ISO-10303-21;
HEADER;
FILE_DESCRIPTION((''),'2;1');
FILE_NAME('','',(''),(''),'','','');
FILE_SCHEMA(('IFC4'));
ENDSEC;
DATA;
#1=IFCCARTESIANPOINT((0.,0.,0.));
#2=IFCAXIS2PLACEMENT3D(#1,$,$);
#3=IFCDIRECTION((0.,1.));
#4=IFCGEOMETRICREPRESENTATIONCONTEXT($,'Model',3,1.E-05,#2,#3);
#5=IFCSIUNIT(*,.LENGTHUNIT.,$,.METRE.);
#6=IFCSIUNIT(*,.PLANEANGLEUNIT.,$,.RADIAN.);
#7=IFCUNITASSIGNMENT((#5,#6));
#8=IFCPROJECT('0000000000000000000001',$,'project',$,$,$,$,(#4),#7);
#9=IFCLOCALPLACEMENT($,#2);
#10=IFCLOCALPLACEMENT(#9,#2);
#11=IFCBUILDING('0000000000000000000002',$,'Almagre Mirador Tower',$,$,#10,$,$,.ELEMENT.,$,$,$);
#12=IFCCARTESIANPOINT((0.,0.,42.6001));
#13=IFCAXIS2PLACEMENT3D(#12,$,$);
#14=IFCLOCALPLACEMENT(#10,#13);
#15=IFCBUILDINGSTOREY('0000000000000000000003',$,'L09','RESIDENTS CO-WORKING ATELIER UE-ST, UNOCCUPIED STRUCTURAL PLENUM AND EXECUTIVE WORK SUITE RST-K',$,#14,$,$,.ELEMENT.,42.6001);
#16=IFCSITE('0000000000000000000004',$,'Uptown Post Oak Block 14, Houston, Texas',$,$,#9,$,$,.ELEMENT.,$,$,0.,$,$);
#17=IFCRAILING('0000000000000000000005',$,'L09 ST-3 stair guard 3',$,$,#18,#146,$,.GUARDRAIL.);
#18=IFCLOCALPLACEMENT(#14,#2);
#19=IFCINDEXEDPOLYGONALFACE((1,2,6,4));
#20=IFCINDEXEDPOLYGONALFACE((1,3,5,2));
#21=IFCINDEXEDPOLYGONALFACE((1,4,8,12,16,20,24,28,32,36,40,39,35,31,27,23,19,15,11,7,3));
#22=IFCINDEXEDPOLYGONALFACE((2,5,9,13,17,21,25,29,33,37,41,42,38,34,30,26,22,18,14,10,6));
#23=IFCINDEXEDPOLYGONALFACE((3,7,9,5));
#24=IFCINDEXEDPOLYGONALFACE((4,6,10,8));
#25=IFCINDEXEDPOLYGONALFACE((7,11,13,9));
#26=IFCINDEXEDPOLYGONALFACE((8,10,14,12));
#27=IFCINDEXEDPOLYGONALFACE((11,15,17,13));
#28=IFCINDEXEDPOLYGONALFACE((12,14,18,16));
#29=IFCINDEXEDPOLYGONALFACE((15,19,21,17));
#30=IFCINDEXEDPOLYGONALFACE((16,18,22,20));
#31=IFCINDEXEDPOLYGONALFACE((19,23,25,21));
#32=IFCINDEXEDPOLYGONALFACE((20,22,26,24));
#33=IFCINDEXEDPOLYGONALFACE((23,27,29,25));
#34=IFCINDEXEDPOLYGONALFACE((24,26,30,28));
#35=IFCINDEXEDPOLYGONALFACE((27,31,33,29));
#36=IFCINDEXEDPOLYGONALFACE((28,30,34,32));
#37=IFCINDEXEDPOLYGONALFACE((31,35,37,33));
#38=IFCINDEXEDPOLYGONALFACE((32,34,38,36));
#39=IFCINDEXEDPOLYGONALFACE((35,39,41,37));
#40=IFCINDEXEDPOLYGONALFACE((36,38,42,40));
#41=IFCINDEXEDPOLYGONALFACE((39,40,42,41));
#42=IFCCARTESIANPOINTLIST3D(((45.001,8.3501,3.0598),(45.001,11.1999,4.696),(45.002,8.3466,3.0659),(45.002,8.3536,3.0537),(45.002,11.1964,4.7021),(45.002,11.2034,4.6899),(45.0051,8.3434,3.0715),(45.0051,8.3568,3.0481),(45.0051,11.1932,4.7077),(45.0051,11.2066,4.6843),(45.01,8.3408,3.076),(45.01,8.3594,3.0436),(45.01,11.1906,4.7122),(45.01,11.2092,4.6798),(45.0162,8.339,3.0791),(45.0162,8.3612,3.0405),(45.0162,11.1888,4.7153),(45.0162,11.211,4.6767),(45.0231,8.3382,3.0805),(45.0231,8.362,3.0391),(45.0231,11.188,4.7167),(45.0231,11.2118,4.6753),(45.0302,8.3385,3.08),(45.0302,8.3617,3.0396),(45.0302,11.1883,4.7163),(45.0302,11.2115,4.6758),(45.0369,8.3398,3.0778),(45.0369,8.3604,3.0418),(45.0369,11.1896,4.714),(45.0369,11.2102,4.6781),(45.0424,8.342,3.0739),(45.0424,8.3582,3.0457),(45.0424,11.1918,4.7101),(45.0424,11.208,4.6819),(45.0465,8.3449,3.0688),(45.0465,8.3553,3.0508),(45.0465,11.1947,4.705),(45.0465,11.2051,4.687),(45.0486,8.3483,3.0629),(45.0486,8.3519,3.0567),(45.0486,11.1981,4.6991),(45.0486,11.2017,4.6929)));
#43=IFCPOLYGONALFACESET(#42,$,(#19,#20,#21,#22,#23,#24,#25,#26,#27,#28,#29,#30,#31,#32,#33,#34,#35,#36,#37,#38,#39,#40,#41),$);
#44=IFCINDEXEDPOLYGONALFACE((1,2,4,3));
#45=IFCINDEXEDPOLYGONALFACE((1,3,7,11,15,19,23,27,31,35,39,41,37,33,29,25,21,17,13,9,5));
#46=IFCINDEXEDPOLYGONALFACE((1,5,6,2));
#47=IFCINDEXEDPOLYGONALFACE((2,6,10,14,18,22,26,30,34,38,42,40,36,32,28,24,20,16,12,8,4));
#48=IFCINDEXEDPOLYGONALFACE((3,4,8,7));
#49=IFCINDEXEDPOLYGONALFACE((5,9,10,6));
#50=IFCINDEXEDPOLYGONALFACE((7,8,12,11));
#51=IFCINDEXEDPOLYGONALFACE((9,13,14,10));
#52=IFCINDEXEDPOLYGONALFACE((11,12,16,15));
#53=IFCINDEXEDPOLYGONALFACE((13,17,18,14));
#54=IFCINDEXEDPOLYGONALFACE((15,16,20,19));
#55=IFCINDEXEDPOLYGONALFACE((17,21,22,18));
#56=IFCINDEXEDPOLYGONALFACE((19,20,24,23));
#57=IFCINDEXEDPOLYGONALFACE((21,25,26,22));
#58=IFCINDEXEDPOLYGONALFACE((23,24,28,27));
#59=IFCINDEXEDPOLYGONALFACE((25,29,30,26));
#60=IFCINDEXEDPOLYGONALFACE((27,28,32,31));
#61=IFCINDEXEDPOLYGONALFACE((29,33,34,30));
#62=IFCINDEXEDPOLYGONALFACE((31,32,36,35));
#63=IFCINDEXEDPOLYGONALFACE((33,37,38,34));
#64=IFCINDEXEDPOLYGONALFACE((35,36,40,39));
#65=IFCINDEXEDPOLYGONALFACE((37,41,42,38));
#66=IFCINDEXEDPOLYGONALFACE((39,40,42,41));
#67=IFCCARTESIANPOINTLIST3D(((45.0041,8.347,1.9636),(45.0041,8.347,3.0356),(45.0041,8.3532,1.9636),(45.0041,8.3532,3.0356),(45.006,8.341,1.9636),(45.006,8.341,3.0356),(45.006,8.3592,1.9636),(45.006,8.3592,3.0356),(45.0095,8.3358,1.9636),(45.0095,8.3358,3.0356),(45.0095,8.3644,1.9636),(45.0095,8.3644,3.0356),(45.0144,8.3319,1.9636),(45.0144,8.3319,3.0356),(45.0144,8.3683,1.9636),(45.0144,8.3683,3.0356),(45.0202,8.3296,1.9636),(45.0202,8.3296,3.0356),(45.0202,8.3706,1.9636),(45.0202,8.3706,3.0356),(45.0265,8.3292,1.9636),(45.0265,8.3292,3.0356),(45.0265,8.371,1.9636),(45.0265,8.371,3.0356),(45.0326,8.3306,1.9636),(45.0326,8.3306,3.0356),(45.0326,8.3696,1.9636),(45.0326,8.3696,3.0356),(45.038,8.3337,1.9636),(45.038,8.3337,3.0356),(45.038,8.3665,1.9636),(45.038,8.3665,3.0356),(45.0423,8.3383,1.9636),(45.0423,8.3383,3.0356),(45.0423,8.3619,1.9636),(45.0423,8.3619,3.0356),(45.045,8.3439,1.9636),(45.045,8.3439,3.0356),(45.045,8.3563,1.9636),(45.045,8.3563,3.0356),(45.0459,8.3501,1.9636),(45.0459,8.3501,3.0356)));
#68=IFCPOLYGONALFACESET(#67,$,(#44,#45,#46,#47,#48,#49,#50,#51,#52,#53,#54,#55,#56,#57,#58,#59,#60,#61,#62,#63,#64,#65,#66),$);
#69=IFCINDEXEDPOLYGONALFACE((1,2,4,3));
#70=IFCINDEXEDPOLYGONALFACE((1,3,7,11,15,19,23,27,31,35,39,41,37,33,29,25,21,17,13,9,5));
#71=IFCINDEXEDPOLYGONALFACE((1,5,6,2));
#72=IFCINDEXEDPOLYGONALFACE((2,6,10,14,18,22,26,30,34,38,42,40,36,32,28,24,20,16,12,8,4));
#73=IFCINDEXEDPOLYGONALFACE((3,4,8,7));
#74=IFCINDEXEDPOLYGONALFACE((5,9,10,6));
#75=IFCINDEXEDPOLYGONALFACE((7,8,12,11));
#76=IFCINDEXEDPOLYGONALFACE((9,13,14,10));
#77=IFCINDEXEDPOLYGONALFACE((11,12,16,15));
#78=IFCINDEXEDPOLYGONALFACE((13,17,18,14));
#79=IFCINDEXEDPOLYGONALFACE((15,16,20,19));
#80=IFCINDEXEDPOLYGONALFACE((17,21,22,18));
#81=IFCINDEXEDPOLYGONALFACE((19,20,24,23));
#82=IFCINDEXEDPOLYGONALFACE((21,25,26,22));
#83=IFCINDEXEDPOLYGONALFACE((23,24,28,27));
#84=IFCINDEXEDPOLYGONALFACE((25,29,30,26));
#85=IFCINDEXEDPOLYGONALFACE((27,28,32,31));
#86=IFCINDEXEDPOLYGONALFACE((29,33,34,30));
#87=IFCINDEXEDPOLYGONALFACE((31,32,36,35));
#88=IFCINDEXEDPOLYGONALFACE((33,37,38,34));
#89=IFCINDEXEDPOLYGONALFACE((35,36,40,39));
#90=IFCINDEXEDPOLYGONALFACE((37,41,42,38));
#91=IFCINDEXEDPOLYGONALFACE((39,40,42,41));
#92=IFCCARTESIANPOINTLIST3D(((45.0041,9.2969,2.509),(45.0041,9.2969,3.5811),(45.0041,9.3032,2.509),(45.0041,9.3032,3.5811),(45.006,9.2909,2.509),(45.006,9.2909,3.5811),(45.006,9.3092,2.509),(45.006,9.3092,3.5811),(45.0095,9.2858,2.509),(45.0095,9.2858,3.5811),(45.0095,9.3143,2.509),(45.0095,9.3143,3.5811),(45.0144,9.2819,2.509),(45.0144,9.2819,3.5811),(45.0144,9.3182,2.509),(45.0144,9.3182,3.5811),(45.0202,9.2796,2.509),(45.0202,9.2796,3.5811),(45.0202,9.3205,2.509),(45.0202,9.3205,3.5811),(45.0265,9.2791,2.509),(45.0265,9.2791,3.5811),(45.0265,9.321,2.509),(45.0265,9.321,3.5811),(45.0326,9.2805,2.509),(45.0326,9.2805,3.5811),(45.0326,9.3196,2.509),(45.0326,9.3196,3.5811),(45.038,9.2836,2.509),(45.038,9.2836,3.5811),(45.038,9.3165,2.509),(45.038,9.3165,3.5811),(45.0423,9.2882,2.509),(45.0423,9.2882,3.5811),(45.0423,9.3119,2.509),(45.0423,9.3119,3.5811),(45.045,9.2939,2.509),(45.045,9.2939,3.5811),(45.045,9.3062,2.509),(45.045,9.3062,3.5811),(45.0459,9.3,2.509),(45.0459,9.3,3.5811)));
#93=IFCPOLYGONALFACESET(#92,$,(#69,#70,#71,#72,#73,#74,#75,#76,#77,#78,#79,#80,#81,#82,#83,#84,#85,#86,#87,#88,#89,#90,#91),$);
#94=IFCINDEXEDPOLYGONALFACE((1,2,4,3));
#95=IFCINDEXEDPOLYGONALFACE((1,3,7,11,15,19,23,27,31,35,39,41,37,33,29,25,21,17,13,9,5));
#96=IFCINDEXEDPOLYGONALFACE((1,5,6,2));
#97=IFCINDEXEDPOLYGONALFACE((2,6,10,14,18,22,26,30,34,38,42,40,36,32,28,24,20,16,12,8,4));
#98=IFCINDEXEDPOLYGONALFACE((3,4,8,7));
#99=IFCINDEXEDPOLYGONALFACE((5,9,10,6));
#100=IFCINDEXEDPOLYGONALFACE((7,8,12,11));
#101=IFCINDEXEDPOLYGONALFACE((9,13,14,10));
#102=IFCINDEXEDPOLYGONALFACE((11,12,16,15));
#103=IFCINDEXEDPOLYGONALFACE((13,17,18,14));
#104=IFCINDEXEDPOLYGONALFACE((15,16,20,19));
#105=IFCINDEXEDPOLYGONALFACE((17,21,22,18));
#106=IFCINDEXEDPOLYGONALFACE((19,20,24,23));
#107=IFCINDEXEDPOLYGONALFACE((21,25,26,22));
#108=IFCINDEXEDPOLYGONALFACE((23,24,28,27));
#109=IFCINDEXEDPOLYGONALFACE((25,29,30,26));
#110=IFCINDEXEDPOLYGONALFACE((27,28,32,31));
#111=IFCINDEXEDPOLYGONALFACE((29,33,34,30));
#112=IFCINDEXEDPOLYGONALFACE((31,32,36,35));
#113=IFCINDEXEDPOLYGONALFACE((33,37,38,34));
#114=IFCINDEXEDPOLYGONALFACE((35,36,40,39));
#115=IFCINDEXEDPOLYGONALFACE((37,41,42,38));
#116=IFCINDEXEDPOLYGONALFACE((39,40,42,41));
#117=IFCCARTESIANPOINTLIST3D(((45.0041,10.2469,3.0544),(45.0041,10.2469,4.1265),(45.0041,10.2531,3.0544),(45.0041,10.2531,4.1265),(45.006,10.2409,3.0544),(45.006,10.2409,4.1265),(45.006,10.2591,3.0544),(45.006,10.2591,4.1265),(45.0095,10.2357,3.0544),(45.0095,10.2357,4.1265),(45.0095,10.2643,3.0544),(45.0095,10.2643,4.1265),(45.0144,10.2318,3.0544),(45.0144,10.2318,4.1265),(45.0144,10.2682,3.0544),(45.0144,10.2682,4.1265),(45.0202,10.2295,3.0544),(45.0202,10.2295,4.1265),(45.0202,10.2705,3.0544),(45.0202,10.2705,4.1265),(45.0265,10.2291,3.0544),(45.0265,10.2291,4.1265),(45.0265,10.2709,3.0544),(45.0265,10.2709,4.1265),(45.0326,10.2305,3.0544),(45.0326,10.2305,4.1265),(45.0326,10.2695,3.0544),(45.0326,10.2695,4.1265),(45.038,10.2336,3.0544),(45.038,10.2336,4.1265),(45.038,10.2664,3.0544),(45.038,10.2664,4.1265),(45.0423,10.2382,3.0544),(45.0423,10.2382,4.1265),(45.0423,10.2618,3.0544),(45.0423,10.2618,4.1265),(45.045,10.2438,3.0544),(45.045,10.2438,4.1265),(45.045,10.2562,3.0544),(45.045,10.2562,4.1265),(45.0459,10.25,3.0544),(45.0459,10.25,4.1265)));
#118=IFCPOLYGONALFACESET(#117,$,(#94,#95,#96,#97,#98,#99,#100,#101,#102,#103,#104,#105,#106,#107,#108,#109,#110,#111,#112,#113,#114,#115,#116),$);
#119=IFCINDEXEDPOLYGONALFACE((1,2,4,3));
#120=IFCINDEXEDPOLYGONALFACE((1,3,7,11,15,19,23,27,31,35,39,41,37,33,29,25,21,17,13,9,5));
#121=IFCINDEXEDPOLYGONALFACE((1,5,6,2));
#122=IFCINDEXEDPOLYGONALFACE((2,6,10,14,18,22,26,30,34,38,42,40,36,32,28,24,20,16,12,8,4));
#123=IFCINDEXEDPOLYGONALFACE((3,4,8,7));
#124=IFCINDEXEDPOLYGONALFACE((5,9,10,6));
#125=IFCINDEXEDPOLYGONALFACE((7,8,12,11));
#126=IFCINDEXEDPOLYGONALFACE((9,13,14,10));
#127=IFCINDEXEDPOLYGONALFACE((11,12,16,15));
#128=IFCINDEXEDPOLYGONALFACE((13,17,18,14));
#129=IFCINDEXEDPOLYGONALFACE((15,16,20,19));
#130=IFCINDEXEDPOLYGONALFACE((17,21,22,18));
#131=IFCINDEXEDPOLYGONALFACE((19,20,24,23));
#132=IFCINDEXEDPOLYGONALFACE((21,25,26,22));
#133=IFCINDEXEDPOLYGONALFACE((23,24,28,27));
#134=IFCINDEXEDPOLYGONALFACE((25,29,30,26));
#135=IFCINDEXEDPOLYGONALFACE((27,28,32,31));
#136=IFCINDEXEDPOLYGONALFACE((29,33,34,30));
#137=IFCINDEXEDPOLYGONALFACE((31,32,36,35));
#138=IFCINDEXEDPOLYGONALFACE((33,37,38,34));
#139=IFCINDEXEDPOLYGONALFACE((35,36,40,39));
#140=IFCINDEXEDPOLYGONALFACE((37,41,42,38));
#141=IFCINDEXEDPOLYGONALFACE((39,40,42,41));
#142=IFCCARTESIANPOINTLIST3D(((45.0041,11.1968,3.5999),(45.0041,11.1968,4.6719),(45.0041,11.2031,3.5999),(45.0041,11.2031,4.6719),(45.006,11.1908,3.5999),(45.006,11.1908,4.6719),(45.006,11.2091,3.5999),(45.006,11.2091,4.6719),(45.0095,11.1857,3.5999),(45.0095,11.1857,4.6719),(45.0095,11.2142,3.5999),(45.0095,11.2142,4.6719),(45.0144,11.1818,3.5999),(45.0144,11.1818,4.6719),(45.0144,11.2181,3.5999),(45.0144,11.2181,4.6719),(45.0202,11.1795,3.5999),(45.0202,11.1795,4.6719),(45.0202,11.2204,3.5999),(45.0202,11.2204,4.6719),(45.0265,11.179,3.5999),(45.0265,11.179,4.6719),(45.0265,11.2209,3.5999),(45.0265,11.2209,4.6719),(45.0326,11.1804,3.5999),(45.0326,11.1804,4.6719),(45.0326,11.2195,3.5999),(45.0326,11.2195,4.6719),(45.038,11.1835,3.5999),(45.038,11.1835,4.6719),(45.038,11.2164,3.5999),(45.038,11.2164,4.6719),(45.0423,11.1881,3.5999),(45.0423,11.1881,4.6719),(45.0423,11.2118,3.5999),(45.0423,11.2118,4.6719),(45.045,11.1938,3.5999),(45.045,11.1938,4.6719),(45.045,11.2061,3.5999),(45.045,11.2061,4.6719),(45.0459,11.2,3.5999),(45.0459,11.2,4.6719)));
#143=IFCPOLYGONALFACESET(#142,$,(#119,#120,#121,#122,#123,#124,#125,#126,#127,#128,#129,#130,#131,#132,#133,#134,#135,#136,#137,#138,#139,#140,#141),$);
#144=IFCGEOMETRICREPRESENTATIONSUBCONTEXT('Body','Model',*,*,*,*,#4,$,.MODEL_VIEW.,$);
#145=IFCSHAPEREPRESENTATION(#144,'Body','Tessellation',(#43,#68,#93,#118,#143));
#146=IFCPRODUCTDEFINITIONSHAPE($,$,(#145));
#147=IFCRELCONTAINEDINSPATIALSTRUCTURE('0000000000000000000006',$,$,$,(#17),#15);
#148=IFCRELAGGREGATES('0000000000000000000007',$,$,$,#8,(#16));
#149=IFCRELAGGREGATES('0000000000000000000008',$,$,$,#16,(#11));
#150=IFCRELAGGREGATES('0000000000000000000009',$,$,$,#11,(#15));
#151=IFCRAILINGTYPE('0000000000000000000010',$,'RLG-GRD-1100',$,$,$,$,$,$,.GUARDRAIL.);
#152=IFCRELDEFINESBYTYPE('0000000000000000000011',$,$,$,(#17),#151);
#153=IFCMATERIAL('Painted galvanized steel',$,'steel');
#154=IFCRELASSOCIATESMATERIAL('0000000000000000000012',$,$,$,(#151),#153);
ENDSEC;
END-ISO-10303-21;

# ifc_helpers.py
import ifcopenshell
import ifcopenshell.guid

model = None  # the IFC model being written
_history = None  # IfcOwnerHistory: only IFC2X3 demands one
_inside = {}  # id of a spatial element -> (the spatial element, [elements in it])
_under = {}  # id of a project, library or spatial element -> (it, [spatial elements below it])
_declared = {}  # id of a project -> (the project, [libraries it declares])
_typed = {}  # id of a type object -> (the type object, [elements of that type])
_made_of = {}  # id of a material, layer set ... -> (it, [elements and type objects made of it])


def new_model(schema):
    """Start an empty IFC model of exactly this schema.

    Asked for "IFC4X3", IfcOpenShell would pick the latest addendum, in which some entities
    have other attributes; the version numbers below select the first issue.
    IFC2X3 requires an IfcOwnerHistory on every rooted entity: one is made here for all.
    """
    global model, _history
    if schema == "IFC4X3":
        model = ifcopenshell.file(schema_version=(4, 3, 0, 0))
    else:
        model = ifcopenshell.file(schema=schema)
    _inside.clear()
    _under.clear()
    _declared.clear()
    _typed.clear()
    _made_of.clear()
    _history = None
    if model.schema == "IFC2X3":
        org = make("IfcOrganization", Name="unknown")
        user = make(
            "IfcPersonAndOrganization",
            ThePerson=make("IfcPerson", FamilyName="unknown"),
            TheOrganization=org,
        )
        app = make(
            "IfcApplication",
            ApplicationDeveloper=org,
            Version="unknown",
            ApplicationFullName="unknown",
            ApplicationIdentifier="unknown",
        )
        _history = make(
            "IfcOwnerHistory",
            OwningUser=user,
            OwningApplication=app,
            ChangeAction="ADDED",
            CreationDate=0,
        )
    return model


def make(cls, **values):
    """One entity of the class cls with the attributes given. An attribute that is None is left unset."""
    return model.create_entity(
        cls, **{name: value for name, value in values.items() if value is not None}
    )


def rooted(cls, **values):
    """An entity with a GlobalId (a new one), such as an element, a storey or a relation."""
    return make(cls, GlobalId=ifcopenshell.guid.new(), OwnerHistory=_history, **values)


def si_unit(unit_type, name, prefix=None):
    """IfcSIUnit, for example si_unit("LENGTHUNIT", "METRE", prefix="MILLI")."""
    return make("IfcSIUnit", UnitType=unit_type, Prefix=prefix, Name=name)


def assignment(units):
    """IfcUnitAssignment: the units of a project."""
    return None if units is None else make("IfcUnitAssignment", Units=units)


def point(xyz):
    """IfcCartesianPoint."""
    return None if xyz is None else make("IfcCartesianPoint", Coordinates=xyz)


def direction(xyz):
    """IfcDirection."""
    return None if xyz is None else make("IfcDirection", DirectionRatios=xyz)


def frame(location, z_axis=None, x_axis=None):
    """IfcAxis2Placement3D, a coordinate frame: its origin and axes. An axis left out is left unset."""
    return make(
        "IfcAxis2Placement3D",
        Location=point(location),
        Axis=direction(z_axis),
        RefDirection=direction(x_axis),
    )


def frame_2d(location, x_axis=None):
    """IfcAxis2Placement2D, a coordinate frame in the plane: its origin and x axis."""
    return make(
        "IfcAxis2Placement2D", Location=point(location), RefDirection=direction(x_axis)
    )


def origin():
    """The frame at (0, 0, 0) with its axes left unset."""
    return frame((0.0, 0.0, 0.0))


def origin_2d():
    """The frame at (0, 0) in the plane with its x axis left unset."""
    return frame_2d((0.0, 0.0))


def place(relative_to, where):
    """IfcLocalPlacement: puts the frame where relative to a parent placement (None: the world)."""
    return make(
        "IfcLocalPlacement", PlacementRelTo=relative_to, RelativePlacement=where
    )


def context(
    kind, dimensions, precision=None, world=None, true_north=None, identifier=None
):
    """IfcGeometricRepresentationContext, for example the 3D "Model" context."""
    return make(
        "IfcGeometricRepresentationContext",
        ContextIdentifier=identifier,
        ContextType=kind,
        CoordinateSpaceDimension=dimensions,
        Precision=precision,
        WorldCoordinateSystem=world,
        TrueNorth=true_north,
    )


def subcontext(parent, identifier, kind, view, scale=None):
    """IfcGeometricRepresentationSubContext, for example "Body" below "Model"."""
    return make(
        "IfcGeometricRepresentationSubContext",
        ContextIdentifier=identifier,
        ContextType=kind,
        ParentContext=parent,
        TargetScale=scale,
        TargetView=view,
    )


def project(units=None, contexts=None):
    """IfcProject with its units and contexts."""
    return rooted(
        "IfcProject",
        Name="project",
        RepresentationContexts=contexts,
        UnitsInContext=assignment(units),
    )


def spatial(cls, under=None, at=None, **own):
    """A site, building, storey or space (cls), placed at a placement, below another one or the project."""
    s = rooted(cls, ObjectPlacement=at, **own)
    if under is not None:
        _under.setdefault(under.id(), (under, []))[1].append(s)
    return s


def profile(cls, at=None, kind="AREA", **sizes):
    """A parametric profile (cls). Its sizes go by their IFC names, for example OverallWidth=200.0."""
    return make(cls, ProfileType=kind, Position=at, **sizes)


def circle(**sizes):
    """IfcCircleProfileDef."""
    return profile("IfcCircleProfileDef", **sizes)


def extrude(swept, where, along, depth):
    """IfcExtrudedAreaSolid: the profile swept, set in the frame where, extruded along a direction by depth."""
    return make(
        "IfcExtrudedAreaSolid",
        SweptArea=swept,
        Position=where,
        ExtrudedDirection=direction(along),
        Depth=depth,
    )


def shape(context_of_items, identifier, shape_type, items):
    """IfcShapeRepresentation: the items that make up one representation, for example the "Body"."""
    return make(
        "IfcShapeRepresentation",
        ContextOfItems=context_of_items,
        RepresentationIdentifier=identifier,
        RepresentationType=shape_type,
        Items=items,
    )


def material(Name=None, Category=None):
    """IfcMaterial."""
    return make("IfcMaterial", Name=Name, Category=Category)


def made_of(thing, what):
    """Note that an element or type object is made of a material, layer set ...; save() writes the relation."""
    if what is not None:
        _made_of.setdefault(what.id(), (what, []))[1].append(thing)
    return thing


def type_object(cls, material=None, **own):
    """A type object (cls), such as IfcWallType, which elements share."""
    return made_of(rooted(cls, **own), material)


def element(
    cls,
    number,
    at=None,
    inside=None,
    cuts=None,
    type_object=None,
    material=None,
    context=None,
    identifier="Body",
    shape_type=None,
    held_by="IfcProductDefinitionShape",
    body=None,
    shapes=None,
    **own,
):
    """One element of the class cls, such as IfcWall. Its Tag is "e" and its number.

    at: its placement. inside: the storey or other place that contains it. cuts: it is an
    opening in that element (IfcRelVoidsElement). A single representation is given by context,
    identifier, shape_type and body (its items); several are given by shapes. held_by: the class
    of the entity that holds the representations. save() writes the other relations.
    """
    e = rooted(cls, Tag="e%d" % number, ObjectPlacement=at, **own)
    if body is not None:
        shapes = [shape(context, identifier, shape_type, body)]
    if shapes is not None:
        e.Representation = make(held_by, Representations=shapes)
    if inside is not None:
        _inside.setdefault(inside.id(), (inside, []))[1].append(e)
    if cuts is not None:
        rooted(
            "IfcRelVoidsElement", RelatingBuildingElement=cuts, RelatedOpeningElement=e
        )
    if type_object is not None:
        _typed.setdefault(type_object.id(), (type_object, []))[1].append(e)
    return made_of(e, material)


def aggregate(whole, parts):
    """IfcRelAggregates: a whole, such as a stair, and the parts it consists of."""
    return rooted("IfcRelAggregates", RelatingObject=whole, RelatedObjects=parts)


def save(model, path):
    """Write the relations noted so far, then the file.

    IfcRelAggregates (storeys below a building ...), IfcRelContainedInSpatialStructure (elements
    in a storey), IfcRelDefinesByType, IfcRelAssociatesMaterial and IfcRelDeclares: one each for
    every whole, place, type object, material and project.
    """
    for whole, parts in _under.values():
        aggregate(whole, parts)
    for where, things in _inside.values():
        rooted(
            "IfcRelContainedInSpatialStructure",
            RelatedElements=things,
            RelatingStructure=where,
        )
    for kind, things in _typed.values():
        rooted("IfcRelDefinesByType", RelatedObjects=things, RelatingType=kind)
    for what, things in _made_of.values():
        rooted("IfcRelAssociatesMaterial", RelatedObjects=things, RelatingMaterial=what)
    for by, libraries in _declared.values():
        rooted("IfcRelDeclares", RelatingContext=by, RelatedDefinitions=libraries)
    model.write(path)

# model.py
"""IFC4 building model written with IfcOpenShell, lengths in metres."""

from ifc_helpers import new_model, si_unit, direction, frame, origin, origin_2d, place, context, subcontext, project, spatial, circle, extrude, material, type_object, element, save


model = new_model("IFC4")

# Units and contexts
model_context = context("Model", 3, precision=1e-05, world=origin(), true_north=direction((0.0, 1.0)))
body_context = subcontext(model_context, "Body", "Model", "MODEL_VIEW")
ifc_project = project(units=[si_unit("LENGTHUNIT", "METRE"), si_unit("PLANEANGLEUNIT", "RADIAN")], contexts=[model_context])

# Site, building, storey
site_placement = place(None, origin())
site = spatial("IfcSite", under=ifc_project, at=site_placement, Name="Uptown Post Oak Block 14, Houston, Texas", CompositionType="ELEMENT", RefElevation=0.0)
building_placement = place(site_placement, origin())
building = spatial("IfcBuilding", under=site, at=building_placement, Name="Almagre Mirador Tower", CompositionType="ELEMENT")
storey_placement = place(building_placement, frame((0.0, 0.0, 42.6001)))
storey = spatial("IfcBuildingStorey", under=building, at=storey_placement, Name="L09", Description="RESIDENTS CO-WORKING ATELIER UE-ST, UNOCCUPIED STRUCTURAL PLENUM AND EXECUTIVE WORK SUITE RST-K", CompositionType="ELEMENT", Elevation=42.6001)

# Railing
ifc_material_1 = material(Name="Painted galvanized steel", Category="steel")
railing_type_1 = type_object("IfcRailingType", Name="RLG-GRD-1100", PredefinedType="GUARDRAIL", material=ifc_material_1)
railing_1_placement = place(storey_placement, frame((45.0249, 8.3501, 1.9636)))
element("IfcRailing", 1, at=railing_1_placement, inside=storey, type_object=railing_type_1, Name="L09 ST-3 stair guard 3", PredefinedType="GUARDRAIL", context=body_context, shape_type="SweptSolid", body=[
    extrude(circle(Radius=0.0239, at=origin_2d()), frame((0.0, 0.0, 1.0962), z_axis=(0.0, 0.867226, 0.497914), x_axis=(-1.0, 0.0, 0.0)), (0.0, 0.0, 1.0), 3.2861),
    extrude(circle(Radius=0.021, at=origin_2d()), origin(), (0.0, 0.0, 1.0), 1.072),
    extrude(circle(Radius=0.021, at=origin_2d()), frame((0.0, 0.95, 0.5454)), (0.0, 0.0, 1.0), 1.072),
    extrude(circle(Radius=0.021, at=origin_2d()), frame((0.0, 1.8999, 1.0908)), (0.0, 0.0, 1.0), 1.072),
    extrude(circle(Radius=0.021, at=origin_2d()), frame((0.0, 2.8499, 1.6362)), (0.0, 0.0, 1.0), 1.072),
])

save(model, "model.ifc")
